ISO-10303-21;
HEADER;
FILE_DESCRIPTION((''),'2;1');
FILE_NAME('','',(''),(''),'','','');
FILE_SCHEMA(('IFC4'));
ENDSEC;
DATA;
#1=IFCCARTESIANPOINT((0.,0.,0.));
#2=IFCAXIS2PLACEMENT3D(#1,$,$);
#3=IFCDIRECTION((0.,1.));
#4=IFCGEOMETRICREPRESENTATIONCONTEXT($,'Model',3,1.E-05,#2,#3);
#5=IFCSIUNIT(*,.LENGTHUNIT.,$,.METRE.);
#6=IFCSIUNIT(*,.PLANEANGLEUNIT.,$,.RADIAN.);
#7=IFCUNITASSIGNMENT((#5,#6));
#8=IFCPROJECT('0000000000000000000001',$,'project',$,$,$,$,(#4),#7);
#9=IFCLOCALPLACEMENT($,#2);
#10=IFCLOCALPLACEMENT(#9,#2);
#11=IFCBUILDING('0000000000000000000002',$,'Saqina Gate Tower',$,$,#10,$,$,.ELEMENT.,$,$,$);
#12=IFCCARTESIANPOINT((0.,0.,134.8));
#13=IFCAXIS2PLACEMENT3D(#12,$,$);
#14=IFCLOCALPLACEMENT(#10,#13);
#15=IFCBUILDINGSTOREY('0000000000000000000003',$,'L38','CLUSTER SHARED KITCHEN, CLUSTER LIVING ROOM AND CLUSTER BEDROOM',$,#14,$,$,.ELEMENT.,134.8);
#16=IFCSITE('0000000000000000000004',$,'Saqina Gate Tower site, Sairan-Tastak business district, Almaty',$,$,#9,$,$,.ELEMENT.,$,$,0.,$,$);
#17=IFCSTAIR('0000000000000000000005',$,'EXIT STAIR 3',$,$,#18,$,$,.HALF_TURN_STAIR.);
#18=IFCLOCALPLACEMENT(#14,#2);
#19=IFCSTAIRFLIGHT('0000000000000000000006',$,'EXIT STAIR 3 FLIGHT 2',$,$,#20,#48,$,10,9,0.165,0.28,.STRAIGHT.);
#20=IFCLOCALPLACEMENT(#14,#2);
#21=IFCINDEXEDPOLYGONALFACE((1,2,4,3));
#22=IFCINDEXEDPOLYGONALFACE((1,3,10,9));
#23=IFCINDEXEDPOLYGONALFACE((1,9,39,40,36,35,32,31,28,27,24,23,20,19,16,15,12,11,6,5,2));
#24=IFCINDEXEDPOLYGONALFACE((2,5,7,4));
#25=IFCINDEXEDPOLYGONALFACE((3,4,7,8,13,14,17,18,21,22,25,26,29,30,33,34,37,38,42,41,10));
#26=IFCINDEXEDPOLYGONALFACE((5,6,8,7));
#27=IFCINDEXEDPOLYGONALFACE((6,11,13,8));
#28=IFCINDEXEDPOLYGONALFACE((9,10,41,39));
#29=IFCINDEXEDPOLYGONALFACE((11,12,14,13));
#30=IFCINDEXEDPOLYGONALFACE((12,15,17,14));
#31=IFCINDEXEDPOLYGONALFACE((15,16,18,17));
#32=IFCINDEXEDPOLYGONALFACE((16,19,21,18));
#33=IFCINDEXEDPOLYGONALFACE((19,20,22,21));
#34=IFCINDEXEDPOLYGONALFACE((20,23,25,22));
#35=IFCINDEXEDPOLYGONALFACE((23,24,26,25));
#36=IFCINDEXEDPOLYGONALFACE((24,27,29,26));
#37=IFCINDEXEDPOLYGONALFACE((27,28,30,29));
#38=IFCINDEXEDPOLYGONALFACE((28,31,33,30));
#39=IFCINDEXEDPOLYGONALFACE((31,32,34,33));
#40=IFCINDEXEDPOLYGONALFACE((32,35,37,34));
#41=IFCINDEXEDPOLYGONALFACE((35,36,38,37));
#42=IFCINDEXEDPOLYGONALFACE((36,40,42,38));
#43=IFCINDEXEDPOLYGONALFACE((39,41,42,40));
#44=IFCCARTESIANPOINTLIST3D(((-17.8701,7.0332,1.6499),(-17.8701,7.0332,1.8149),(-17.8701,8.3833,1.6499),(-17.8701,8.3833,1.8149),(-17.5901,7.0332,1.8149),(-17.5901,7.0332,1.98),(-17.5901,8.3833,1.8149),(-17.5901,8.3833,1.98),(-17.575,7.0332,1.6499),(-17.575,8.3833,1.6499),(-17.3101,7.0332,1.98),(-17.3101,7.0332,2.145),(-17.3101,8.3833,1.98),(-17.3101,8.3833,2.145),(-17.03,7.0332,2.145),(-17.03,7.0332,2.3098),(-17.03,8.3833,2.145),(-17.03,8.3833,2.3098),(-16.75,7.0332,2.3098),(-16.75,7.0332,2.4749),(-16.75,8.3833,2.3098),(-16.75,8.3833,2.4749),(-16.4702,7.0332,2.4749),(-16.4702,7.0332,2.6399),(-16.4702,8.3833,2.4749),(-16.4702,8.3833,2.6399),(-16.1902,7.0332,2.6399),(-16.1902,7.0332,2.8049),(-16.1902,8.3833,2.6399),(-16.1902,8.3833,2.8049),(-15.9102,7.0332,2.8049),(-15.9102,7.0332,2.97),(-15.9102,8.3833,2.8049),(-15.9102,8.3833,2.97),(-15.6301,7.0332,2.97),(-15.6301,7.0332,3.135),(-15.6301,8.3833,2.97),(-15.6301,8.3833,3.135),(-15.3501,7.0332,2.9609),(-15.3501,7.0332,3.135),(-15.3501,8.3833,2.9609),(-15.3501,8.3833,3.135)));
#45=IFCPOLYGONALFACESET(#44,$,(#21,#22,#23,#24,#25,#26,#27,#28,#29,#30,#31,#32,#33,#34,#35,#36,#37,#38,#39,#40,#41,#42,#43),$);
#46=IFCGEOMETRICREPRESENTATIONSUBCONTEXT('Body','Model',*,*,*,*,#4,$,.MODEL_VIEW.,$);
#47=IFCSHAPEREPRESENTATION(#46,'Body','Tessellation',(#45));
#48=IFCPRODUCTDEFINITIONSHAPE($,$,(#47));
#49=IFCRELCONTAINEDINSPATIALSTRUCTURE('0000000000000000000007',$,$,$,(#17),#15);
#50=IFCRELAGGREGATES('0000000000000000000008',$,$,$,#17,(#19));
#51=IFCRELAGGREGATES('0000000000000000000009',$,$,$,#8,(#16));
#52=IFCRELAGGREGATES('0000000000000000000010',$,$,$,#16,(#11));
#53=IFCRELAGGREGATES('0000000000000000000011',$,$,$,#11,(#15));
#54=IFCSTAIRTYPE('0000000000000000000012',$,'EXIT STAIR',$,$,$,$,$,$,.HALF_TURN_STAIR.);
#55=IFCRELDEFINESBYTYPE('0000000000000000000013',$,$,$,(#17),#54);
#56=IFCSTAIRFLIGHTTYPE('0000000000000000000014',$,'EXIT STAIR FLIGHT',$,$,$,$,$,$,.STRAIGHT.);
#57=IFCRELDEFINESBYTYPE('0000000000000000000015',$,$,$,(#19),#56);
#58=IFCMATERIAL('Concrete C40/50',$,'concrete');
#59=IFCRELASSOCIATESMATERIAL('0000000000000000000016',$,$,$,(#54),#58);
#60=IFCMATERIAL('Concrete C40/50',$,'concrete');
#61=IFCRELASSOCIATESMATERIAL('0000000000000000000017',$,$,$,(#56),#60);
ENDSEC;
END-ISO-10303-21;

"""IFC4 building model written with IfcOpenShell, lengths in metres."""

from ifc_helpers import new_model, si_unit, direction, frame, origin, place, context, subcontext, project, spatial, polyline, outline, extrude, material, type_object, element, aggregate, save


model = new_model("IFC4")

# Units and contexts
model_context = context("Model", 3, precision=1e-05, world=origin(), true_north=direction((0.0, 1.0)))
body_context = subcontext(model_context, "Body", "Model", "MODEL_VIEW")
ifc_project = project(units=[si_unit("LENGTHUNIT", "METRE"), si_unit("PLANEANGLEUNIT", "RADIAN")], contexts=[model_context])

# Site, building, storey
site_placement = place(None, origin())
site = spatial("IfcSite", under=ifc_project, at=site_placement, Name="Saqina Gate Tower site, Sairan-Tastak business district, Almaty", CompositionType="ELEMENT", RefElevation=0.0)
building_placement = place(site_placement, origin())
building = spatial("IfcBuilding", under=site, at=building_placement, Name="Saqina Gate Tower", CompositionType="ELEMENT")
storey_placement = place(building_placement, frame((0.0, 0.0, 134.8)))
storey = spatial("IfcBuildingStorey", under=building, at=storey_placement, Name="L38", Description="CLUSTER SHARED KITCHEN, CLUSTER LIVING ROOM AND CLUSTER BEDROOM", CompositionType="ELEMENT", Elevation=134.8)

# Stair, stair flight
ifc_material_1 = material(Name="Concrete C40/50", Category="concrete")
stair_type = type_object("IfcStairType", Name="EXIT STAIR", PredefinedType="HALF_TURN_STAIR", material=ifc_material_1)
stair_placement = place(storey_placement, origin())
stair = element("IfcStair", 1, at=stair_placement, inside=storey, type_object=stair_type, Name="EXIT STAIR 3", PredefinedType="HALF_TURN_STAIR")
ifc_material_2 = material(Name="Concrete C40/50", Category="concrete")
stair_flight_type = type_object("IfcStairFlightType", Name="EXIT STAIR FLIGHT", PredefinedType="STRAIGHT", material=ifc_material_2)
stair_flight_1_placement = place(storey_placement, frame((-17.8701, 7.7083, 1.6499), z_axis=(0.0, 0.0, 1.0), x_axis=(1.0, 0.0, 0.0)))
stair_flight_1 = element("IfcStairFlight", 2, at=stair_flight_1_placement, type_object=stair_flight_type, Name="EXIT STAIR 3 FLIGHT 2", NumberOfRisers=10, NumberOfTreads=9, PredefinedType="STRAIGHT", RiserHeight=0.165, TreadLength=0.28, context=body_context, shape_type="SweptSolid", body=[
    extrude(outline(polyline([(0.0, 0.0), (0.0, 0.165), (0.28, 0.165), (0.28, 0.3301), (0.5601, 0.3301), (0.5601, 0.4951), (0.8401, 0.4951), (0.8401, 0.6599), (1.1201, 0.6599), (1.1201, 0.825), (1.3999, 0.825), (1.3999, 0.99), (1.6799, 0.99), (1.6799, 1.155), (1.96, 1.155), (1.96, 1.3201), (2.24, 1.3201), (2.24, 1.4851), (2.52, 1.4851), (2.52, 1.6499), (2.52, 1.311), (0.2952, 0.0), (0.0, 0.0)])), frame((0.0, 0.675, 0.0), z_axis=(0.0, -1.0, 0.0), x_axis=(1.0, 0.0, 0.0)), (0.0, 0.0, 1.0), 1.3501),
])
aggregate(stair, [stair_flight_1])

save(model, "model.ifc")
